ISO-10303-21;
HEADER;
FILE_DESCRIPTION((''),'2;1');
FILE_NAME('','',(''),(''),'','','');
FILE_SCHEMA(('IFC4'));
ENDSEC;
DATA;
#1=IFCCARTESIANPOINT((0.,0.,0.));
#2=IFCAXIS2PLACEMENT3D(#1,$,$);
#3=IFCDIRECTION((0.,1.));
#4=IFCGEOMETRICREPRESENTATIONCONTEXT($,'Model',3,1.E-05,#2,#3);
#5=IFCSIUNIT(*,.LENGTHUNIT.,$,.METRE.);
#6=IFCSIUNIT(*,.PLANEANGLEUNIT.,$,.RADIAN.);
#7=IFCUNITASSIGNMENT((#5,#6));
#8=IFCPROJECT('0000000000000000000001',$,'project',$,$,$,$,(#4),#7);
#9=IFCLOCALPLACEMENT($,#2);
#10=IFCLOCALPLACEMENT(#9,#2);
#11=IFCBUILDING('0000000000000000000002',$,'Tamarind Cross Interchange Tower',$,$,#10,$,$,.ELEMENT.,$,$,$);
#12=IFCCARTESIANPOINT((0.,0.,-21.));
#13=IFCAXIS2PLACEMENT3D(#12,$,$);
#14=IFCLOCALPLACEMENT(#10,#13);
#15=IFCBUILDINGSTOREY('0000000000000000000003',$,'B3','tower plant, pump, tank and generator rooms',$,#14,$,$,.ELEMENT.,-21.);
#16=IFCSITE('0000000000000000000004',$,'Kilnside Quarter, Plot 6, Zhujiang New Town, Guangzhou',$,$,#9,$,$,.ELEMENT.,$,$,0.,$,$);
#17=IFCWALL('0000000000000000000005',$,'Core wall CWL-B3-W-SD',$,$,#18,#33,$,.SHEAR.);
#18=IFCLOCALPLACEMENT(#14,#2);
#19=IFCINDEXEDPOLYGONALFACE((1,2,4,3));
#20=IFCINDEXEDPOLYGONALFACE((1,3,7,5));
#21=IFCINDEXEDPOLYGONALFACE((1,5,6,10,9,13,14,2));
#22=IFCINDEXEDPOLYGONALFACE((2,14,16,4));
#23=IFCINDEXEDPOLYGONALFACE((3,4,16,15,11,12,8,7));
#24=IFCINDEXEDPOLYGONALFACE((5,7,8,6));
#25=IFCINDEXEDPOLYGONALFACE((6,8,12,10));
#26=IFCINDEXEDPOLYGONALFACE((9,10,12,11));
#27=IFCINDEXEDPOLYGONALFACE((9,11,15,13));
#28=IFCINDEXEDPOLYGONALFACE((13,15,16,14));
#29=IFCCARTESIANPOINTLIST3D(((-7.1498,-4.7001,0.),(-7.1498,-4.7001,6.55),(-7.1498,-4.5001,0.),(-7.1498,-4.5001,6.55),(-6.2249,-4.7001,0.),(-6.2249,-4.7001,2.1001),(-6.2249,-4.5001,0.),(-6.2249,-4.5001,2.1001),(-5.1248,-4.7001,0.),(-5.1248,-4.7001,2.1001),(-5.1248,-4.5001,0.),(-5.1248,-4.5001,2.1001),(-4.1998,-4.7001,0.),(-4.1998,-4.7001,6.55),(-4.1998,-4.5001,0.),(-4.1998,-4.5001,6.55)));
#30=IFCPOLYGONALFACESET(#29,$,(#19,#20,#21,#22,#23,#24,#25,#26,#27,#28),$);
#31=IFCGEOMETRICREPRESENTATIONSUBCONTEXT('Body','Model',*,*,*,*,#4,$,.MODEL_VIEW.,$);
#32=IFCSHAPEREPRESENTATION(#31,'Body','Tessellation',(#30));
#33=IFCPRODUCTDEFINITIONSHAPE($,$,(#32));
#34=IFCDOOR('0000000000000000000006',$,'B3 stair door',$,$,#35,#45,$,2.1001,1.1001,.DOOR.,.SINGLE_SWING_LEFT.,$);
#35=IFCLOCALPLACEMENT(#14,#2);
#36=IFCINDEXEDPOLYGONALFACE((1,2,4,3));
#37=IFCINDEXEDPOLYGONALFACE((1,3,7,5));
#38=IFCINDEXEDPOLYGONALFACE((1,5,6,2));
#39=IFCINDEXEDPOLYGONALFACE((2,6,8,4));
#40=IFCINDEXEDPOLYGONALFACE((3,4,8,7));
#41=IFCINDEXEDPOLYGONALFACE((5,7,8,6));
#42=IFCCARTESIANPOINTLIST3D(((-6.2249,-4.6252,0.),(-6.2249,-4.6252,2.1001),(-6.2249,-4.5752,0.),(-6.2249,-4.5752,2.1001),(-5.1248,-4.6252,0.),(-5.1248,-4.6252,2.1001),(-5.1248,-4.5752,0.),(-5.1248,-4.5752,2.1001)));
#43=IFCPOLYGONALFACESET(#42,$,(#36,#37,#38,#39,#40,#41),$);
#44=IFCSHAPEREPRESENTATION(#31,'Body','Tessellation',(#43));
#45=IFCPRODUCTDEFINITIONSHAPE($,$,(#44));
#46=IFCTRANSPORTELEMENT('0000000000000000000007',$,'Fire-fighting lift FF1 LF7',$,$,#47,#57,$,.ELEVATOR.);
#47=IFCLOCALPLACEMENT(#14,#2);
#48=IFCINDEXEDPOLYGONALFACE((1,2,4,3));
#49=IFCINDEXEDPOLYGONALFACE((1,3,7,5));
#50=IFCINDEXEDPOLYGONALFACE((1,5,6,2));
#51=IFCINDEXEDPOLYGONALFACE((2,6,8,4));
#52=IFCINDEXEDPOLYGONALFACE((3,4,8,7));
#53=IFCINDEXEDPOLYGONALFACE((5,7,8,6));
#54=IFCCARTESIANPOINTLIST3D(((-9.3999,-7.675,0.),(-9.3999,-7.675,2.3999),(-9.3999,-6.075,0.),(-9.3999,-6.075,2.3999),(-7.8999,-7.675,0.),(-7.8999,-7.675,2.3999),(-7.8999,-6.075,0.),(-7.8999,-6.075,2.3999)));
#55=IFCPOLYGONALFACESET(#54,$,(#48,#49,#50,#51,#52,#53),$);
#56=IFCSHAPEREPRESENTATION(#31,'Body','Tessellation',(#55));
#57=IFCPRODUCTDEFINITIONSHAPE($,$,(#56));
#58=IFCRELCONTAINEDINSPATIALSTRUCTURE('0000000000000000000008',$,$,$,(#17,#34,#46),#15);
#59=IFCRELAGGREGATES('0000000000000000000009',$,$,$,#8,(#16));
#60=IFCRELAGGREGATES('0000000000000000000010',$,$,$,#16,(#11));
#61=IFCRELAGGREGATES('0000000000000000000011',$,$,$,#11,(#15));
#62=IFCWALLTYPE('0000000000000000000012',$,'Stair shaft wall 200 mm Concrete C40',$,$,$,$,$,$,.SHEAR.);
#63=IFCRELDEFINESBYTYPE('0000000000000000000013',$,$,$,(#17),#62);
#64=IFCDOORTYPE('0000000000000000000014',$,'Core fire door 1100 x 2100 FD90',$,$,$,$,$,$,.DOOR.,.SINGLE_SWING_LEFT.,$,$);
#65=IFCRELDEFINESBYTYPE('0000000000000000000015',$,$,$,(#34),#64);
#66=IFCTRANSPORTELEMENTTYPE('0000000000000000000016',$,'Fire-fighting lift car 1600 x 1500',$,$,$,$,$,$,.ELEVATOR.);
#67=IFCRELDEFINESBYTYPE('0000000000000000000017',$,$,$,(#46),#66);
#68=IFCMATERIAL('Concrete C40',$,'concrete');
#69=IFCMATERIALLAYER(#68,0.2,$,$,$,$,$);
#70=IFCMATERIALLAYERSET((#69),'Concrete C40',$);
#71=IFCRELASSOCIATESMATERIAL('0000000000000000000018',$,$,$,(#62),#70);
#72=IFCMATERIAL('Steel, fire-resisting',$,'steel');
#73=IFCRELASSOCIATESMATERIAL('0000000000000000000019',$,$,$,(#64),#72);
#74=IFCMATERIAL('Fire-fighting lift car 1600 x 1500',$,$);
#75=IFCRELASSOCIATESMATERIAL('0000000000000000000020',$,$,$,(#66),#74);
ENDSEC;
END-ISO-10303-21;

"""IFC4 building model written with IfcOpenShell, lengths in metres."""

from ifc_helpers import new_model, si_unit, direction, frame, frame_2d, origin, origin_2d, place, context, subcontext, project, spatial, rectangle, extrude, material, layer, layer_set, type_object, element, fill, save


model = new_model("IFC4")

# Units and contexts
model_context = context("Model", 3, precision=1e-05, world=origin(), true_north=direction((0.0, 1.0)))
body_context = subcontext(model_context, "Body", "Model", "MODEL_VIEW")
ifc_project = project(units=[si_unit("LENGTHUNIT", "METRE"), si_unit("PLANEANGLEUNIT", "RADIAN")], contexts=[model_context])

# Site, building, storey
site_placement = place(None, origin())
site = spatial("IfcSite", under=ifc_project, at=site_placement, Name="Kilnside Quarter, Plot 6, Zhujiang New Town, Guangzhou", CompositionType="ELEMENT", RefElevation=0.0)
building_placement = place(site_placement, origin())
building = spatial("IfcBuilding", under=site, at=building_placement, Name="Tamarind Cross Interchange Tower", CompositionType="ELEMENT")
storey_placement = place(building_placement, frame((0.0, 0.0, -21.0)))
storey = spatial("IfcBuildingStorey", under=building, at=storey_placement, Name="B3", Description="tower plant, pump, tank and generator rooms", CompositionType="ELEMENT", Elevation=-21.0)

# Shared definitions
ifc_material_1 = material(Name="Steel, fire-resisting", Category="steel")

# Wall, opening, door
ifc_material_2 = material(Name="Concrete C40", Category="concrete")
ifc_layer_1 = layer(ifc_material_2, 0.2)
ifc_layer_set_1 = layer_set([ifc_layer_1], Name="Concrete C40")
wall_type_1 = type_object("IfcWallType", Name="Stair shaft wall 200 mm Concrete C40", PredefinedType="SHEAR", material=ifc_layer_set_1)
wall_1_placement = place(storey_placement, frame((-7.1499, -4.6001, 0.0), z_axis=(0.0, 0.0, 1.0), x_axis=(1.0, 0.0, 0.0)))
wall_1 = element("IfcWall", 1, at=wall_1_placement, inside=storey, type_object=wall_type_1, Name="Core wall CWL-B3-W-SD", PredefinedType="SHEAR", context=body_context, shape_type="SweptSolid", body=[
    extrude(rectangle(XDim=2.95, YDim=0.2, at=frame_2d((1.4751, 0.0))), origin(), (0.0, 0.0, 1.0), 6.55),
])
opening_1_placement = place(wall_1_placement, frame((0.925, 0.0, 0.0)))
opening_1 = element("IfcOpeningElement", 2, at=opening_1_placement, cuts=wall_1, PredefinedType="OPENING", context=body_context, shape_type="SweptSolid", body=[
    extrude(rectangle(XDim=1.1001, YDim=2.1001, at=frame_2d((0.55, 1.05))), frame((0.0, 0.1099, 0.0), z_axis=(0.0, -1.0, 0.0), x_axis=(1.0, 0.0, 0.0)), (0.0, 0.0, 1.0), 0.22),
])
door_type_1 = type_object("IfcDoorType", Name="Core fire door 1100 x 2100 FD90", OperationType="SINGLE_SWING_LEFT", PredefinedType="DOOR", material=ifc_material_1)
door_1_placement = place(opening_1_placement, origin())
door_1 = element("IfcDoor", 3, at=door_1_placement, inside=storey, type_object=door_type_1, Name="B3 stair door", OperationType="SINGLE_SWING_LEFT", OverallHeight=2.1001, OverallWidth=1.1001, PredefinedType="DOOR", context=body_context, shape_type="SweptSolid", body=[
    extrude(rectangle(XDim=1.1001, YDim=2.1001, at=frame_2d((0.55, 1.05))), frame((0.0, 0.0249, 0.0), z_axis=(0.0, -1.0, 0.0), x_axis=(1.0, 0.0, 0.0)), (0.0, 0.0, 1.0), 0.05),
])
fill(opening_1, door_1)

# Transport element
ifc_material_3 = material(Name="Fire-fighting lift car 1600 x 1500")
transport_element_type = type_object("IfcTransportElementType", Name="Fire-fighting lift car 1600 x 1500", PredefinedType="ELEVATOR", material=ifc_material_3)
transport_element_placement = place(storey_placement, frame((-8.6499, -6.875, 0.0), z_axis=(0.0, 0.0, 1.0), x_axis=(1.0, 0.0, 0.0)))
element("IfcTransportElement", 4, at=transport_element_placement, inside=storey, type_object=transport_element_type, Name="Fire-fighting lift FF1 LF7", PredefinedType="ELEVATOR", context=body_context, shape_type="SweptSolid", body=[
    extrude(rectangle(XDim=1.5, YDim=1.6001, at=origin_2d()), origin(), (0.0, 0.0, 1.0), 2.3999),
])

save(model, "model.ifc")
